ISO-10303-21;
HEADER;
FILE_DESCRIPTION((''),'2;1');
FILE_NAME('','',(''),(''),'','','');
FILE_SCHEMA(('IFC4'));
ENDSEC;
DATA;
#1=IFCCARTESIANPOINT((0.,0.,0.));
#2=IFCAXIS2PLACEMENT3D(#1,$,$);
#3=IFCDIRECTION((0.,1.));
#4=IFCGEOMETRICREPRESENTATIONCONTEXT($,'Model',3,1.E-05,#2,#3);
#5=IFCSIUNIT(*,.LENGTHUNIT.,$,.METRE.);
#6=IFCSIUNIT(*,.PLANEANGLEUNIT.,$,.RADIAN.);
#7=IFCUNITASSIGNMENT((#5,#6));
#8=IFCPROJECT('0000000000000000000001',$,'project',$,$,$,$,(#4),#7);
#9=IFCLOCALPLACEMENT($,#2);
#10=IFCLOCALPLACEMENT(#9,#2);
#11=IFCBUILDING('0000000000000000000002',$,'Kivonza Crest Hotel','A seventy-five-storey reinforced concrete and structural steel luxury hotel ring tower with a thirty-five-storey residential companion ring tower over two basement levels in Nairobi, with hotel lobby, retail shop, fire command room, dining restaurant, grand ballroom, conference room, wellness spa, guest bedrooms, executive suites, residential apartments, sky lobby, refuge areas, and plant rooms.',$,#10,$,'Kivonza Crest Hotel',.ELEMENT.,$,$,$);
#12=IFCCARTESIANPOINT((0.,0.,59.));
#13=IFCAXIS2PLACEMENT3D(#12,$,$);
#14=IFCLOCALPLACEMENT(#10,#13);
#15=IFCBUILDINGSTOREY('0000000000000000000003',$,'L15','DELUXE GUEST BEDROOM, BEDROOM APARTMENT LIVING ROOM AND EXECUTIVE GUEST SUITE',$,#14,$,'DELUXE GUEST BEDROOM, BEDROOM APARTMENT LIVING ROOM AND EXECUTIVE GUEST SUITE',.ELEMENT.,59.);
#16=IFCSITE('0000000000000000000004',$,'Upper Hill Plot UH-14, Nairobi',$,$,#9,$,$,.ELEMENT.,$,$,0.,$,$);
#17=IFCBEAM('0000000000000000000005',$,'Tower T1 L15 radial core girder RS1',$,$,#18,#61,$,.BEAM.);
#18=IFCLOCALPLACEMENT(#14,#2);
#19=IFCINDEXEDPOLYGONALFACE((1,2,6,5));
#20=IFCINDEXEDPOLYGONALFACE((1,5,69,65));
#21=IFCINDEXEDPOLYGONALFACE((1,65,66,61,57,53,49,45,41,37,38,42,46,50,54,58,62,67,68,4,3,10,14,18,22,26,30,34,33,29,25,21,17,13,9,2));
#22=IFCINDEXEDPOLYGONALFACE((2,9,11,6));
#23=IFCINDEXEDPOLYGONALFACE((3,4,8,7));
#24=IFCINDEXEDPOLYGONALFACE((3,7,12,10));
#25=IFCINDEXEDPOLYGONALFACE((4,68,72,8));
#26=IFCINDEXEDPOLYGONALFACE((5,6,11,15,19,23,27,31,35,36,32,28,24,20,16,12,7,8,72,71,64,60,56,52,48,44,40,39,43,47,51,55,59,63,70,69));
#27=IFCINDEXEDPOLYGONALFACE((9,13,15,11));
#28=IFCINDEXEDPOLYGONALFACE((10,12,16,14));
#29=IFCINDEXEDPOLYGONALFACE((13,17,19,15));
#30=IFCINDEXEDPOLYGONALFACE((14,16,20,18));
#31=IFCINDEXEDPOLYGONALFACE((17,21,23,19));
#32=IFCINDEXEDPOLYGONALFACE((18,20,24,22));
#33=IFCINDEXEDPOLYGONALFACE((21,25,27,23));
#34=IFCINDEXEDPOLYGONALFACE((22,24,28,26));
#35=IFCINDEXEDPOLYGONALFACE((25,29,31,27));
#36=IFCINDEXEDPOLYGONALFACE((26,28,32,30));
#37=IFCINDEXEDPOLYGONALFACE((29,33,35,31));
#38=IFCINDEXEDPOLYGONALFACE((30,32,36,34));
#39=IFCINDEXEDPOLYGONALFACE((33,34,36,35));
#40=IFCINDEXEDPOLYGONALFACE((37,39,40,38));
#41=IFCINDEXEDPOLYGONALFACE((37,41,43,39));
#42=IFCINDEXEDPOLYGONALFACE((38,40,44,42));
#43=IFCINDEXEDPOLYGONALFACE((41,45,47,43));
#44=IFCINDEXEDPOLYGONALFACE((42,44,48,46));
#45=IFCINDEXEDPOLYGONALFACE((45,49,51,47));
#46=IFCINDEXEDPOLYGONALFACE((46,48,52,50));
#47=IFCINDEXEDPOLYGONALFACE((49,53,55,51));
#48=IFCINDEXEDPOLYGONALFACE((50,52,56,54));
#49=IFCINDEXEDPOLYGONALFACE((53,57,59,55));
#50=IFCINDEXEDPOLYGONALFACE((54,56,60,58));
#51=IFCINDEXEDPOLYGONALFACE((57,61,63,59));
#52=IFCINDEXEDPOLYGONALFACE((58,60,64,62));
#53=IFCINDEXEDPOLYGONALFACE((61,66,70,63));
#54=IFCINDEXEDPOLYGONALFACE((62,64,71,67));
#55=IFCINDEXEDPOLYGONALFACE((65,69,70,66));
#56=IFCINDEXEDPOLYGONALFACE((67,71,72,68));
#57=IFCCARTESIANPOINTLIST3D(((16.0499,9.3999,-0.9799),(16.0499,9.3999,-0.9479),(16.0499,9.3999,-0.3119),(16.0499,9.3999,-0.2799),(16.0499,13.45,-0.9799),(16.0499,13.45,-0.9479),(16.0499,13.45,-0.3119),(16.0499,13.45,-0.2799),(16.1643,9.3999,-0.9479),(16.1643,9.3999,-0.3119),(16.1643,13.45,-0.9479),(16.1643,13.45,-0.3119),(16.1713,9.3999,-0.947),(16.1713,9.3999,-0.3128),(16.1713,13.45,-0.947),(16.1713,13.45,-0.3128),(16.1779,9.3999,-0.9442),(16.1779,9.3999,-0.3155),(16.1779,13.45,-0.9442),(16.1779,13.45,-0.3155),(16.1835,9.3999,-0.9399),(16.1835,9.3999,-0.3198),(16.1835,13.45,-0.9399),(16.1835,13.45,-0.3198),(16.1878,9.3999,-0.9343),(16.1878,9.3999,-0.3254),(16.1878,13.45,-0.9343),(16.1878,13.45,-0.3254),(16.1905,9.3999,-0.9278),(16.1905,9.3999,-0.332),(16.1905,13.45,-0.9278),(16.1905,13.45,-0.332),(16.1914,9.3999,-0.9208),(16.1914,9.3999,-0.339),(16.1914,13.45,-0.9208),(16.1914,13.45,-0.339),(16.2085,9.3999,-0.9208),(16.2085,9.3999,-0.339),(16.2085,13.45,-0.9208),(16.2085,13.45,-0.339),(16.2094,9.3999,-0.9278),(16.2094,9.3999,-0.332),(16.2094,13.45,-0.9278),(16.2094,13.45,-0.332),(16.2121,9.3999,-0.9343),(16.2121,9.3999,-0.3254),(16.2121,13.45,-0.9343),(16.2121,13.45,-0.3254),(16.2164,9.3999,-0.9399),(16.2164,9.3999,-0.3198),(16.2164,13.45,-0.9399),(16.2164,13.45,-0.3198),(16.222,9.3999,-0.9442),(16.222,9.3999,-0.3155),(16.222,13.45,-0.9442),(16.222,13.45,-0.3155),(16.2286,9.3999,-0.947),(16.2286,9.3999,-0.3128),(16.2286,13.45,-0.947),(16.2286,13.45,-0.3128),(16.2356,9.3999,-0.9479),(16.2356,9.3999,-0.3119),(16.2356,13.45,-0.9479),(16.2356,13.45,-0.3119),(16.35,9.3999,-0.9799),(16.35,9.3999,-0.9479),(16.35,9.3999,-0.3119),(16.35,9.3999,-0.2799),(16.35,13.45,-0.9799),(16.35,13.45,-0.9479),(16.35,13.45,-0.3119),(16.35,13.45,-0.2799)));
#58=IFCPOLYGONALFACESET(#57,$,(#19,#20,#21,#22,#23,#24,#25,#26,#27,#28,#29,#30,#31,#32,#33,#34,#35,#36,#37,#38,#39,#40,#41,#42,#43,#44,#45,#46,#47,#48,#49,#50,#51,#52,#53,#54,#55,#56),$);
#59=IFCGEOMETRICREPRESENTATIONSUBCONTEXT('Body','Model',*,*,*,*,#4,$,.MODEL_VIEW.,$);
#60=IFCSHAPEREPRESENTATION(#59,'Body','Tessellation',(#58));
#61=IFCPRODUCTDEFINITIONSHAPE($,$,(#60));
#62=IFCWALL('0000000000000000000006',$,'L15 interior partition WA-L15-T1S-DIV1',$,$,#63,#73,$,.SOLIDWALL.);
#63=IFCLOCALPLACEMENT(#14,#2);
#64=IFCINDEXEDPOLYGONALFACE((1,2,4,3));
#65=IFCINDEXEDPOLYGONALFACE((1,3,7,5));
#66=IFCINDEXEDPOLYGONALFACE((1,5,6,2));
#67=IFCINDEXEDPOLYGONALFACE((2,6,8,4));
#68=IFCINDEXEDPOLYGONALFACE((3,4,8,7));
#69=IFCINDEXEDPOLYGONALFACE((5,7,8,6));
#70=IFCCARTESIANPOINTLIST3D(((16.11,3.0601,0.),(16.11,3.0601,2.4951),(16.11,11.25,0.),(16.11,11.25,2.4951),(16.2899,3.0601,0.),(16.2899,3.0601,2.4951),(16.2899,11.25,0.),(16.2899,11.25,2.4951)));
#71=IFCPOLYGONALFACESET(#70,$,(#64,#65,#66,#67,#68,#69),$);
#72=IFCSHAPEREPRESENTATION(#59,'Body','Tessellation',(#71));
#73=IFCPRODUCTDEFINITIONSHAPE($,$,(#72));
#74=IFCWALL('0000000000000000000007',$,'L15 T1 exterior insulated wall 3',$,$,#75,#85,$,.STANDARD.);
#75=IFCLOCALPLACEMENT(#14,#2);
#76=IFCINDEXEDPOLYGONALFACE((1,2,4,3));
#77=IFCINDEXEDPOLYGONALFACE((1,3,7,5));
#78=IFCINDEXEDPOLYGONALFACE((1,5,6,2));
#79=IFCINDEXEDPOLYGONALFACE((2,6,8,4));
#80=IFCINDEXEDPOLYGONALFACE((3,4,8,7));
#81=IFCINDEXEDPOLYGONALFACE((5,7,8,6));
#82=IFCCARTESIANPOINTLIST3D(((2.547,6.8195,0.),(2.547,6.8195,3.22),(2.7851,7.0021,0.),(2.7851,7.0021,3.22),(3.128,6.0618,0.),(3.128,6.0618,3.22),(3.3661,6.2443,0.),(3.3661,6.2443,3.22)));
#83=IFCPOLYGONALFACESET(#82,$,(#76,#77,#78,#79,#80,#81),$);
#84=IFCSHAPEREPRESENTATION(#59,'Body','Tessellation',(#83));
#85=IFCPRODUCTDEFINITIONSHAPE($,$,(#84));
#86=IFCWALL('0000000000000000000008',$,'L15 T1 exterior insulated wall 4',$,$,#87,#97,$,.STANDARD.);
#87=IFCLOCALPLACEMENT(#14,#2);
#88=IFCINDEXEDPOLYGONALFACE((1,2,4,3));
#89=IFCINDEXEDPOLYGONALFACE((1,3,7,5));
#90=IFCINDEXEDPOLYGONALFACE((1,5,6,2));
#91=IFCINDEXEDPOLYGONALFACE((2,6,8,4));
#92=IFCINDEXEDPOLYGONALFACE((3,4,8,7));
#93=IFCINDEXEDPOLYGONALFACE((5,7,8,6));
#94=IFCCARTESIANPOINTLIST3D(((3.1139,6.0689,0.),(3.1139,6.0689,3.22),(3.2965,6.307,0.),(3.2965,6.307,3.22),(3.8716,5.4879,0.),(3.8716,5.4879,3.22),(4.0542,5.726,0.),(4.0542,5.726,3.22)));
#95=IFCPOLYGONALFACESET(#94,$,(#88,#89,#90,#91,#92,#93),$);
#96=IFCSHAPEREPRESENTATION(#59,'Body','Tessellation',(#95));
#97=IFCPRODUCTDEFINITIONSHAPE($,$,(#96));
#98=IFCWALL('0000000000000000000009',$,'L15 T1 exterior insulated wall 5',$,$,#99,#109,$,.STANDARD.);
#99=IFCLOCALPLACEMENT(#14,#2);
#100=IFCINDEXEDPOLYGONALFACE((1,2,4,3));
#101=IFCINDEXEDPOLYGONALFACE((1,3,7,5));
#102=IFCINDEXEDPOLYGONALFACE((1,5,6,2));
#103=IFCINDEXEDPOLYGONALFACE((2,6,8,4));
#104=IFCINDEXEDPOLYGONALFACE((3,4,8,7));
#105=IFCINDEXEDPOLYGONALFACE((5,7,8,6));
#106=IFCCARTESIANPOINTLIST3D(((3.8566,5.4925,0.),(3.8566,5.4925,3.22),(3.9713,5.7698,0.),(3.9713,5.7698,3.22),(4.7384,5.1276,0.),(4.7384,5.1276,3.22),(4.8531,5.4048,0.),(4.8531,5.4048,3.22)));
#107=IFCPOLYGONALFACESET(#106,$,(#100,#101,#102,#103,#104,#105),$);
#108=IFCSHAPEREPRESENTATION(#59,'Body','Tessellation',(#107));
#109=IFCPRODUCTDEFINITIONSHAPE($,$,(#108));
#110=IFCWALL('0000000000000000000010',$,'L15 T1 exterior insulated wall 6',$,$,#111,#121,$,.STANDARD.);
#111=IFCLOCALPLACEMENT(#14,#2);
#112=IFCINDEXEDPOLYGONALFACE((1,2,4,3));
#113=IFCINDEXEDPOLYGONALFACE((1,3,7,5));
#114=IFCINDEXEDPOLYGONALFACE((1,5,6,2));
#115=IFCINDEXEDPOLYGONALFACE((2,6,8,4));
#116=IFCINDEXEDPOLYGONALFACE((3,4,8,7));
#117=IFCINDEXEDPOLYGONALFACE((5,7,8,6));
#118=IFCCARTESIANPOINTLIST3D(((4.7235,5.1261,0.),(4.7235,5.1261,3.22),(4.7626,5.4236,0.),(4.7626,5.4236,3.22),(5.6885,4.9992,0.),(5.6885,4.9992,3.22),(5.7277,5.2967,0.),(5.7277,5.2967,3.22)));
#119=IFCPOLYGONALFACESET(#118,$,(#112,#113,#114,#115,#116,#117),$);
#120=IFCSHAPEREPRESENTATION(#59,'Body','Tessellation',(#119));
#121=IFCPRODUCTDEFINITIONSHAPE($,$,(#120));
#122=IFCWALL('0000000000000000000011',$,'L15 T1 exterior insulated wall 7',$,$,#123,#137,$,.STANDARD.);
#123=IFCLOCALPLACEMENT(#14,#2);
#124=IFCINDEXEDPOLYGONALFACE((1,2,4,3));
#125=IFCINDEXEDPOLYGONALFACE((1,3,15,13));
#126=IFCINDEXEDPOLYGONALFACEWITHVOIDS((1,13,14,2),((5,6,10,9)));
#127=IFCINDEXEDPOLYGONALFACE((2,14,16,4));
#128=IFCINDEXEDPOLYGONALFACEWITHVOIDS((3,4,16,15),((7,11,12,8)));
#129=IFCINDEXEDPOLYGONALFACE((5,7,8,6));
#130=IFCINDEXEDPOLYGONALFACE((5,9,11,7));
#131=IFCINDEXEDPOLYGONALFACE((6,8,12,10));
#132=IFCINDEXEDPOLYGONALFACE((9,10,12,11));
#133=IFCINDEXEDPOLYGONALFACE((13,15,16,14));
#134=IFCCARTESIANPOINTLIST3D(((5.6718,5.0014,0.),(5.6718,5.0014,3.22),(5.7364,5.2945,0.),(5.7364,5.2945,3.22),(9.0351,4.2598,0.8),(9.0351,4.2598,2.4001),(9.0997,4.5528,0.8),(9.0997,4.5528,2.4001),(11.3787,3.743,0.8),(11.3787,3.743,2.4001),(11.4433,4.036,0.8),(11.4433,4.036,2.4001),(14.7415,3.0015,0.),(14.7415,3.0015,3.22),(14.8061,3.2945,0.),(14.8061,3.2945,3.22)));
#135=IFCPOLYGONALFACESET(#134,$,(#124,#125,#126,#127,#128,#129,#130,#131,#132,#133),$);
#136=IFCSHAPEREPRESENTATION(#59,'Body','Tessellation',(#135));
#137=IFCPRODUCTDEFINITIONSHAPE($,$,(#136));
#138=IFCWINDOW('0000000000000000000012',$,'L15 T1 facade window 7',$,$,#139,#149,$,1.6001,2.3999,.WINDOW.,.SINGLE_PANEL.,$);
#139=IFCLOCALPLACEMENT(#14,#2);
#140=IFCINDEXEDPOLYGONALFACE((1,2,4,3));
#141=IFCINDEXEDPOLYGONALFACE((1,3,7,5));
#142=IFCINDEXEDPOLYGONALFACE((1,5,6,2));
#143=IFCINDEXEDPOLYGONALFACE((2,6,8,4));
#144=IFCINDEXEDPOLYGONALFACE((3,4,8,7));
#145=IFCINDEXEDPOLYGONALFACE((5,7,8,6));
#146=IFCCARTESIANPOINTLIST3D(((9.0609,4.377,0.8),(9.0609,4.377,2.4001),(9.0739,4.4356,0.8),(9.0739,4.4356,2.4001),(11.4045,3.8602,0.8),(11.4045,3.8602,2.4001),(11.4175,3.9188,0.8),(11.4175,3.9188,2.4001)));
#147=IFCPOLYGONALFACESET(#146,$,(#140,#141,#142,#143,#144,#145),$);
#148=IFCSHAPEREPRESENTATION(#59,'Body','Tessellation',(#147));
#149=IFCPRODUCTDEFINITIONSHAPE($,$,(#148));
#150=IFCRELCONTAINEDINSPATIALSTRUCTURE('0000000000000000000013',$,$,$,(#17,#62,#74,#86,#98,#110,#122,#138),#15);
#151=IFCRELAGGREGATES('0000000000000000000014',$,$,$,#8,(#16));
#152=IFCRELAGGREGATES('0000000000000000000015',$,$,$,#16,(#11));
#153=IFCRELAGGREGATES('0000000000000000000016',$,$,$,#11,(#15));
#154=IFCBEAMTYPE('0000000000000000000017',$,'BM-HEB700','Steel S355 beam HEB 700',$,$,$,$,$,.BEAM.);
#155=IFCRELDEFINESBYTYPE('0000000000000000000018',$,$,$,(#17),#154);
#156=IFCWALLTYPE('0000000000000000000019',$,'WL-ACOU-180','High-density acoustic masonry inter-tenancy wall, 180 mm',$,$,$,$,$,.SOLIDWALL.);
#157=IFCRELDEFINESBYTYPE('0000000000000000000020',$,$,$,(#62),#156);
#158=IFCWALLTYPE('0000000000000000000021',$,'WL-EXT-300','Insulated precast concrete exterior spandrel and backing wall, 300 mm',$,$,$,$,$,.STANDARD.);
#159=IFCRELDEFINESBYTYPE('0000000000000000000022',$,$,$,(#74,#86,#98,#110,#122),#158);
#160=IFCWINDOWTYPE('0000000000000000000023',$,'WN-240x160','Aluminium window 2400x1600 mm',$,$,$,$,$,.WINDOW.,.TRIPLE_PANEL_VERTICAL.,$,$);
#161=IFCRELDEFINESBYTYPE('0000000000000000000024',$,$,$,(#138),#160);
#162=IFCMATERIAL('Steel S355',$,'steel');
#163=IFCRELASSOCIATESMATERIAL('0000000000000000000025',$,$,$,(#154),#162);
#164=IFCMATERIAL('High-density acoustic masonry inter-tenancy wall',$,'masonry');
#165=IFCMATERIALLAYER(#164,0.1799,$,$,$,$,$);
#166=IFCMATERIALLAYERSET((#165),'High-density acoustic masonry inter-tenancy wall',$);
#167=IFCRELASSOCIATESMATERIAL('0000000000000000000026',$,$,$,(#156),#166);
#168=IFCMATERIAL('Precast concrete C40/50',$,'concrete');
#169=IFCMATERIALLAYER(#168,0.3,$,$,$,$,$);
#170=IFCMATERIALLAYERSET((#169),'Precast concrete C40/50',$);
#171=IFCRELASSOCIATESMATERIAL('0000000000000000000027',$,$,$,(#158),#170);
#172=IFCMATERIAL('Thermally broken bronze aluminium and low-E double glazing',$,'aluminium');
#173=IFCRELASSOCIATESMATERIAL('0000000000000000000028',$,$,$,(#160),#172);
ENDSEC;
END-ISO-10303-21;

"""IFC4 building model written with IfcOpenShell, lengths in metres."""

from ifc_helpers import new_model, si_unit, direction, frame, frame_2d, origin, origin_2d, place, context, subcontext, project, spatial, rectangle, i_section, extrude, material, layer, layer_set, material_profile, profile_set, type_object, element, fill, save


model = new_model("IFC4")

# Units and contexts
model_context = context("Model", 3, precision=1e-05, world=origin(), true_north=direction((0.0, 1.0)))
body_context = subcontext(model_context, "Body", "Model", "MODEL_VIEW")
ifc_project = project(units=[si_unit("LENGTHUNIT", "METRE"), si_unit("PLANEANGLEUNIT", "RADIAN")], contexts=[model_context])

# Site, building, storey
site_placement = place(None, origin())
site = spatial("IfcSite", under=ifc_project, at=site_placement, Name="Upper Hill Plot UH-14, Nairobi", CompositionType="ELEMENT", RefElevation=0.0)
building_placement = place(site_placement, origin())
building = spatial("IfcBuilding", under=site, at=building_placement, Name="Kivonza Crest Hotel", Description="A seventy-five-storey reinforced concrete and structural steel luxury hotel ring tower with a thirty-five-storey residential companion ring tower over two basement levels in Nairobi, with hotel lobby, retail shop, fire command room, dining restaurant, grand ballroom, conference room, wellness spa, guest bedrooms, executive suites, residential apartments, sky lobby, refuge areas, and plant rooms.", LongName="Kivonza Crest Hotel", CompositionType="ELEMENT")
storey_placement = place(building_placement, frame((0.0, 0.0, 59.0)))
storey = spatial("IfcBuildingStorey", under=building, at=storey_placement, Name="L15", Description="DELUXE GUEST BEDROOM, BEDROOM APARTMENT LIVING ROOM AND EXECUTIVE GUEST SUITE", LongName="DELUXE GUEST BEDROOM, BEDROOM APARTMENT LIVING ROOM AND EXECUTIVE GUEST SUITE", CompositionType="ELEMENT", Elevation=59.0)

# Beam
ifc_material_1 = material(Name="Steel S355", Category="steel")
ifc_material_profile_1 = material_profile(ifc_material_1, i_section(OverallWidth=0.3, OverallDepth=0.7, WebThickness=0.0171, FlangeThickness=0.032, FilletRadius=0.0271, at=origin_2d()), Name="HEB 700")
ifc_profile_set_1 = profile_set([ifc_material_profile_1], Name="Steel S355")
beam_type_1 = type_object("IfcBeamType", Name="BM-HEB700", Description="Steel S355 beam HEB 700", PredefinedType="BEAM", material=ifc_profile_set_1)
beam_1_placement = place(storey_placement, frame((16.2, 9.3999, -0.6299), z_axis=(0.0, 1.0, 0.0), x_axis=(-1.0, 0.0, 0.0)))
element("IfcBeam", 1, at=beam_1_placement, inside=storey, type_object=beam_type_1, Name="Tower T1 L15 radial core girder RS1", PredefinedType="BEAM", context=body_context, shape_type="SweptSolid", body=[
    extrude(i_section(OverallWidth=0.3, OverallDepth=0.7, WebThickness=0.0171, FlangeThickness=0.032, FilletRadius=0.0271, at=origin_2d()), origin(), (0.0, 0.0, 1.0), 4.05),
])

# Walls
ifc_material_2 = material(Name="High-density acoustic masonry inter-tenancy wall", Category="masonry")
ifc_layer_1 = layer(ifc_material_2, 0.1799)
ifc_layer_set_1 = layer_set([ifc_layer_1], Name="High-density acoustic masonry inter-tenancy wall")
wall_type_1 = type_object("IfcWallType", Name="WL-ACOU-180", Description="High-density acoustic masonry inter-tenancy wall, 180 mm", PredefinedType="SOLIDWALL", material=ifc_layer_set_1)
wall_1_placement = place(storey_placement, frame((16.2, 3.0601, 0.0), z_axis=(0.0, 0.0, 1.0), x_axis=(0.0, 1.0, 0.0)))
element("IfcWall", 2, at=wall_1_placement, inside=storey, type_object=wall_type_1, Name="L15 interior partition WA-L15-T1S-DIV1", PredefinedType="SOLIDWALL", context=body_context, shape_type="SweptSolid", body=[
    extrude(rectangle(XDim=8.1899, YDim=0.1799, at=frame_2d((4.095, 0.0))), origin(), (0.0, 0.0, 1.0), 2.4951),
])
ifc_material_3 = material(Name="Precast concrete C40/50", Category="concrete")
ifc_layer_2 = layer(ifc_material_3, 0.3)
ifc_layer_set_2 = layer_set([ifc_layer_2], Name="Precast concrete C40/50")
wall_type_2 = type_object("IfcWallType", Name="WL-EXT-300", Description="Insulated precast concrete exterior spandrel and backing wall, 300 mm", PredefinedType="STANDARD", material=ifc_layer_set_2)
for number, where, z_axis, x_axis, name in (
    (3, (2.666, 6.9109, 0.0), (0.0, 0.0, 1.0), (0.608474, -0.793573, 0.0), "L15 T1 exterior insulated wall 3"),
    (4, (3.2051, 6.188, 0.0), (0.0, 0.0, 1.0), (0.793573, -0.608474, 0.0), "L15 T1 exterior insulated wall 4"),
):
    element("IfcWall", number, at=place(storey_placement, frame(where, z_axis=z_axis, x_axis=x_axis)), inside=storey, type_object=wall_type_2, Name=name, PredefinedType="STANDARD", context=body_context, shape_type="SweptSolid", body=[
        extrude(rectangle(XDim=0.9548, YDim=0.3, at=frame_2d((0.4775, 0.0))), origin(), (0.0, 0.0, 1.0), 3.22),
    ])
wall_2_placement = place(storey_placement, frame((3.9141, 5.6311, 0.0), z_axis=(0.0, 0.0, 1.0), x_axis=(0.923983, -0.382435, 0.0)))
element("IfcWall", 5, at=wall_2_placement, inside=storey, type_object=wall_type_2, Name="L15 T1 exterior insulated wall 5", PredefinedType="STANDARD", context=body_context, shape_type="SweptSolid", body=[
    extrude(rectangle(XDim=0.9543, YDim=0.3, at=frame_2d((0.4771, 0.0))), origin(), (0.0, 0.0, 1.0), 3.22),
])
wall_3_placement = place(storey_placement, frame((4.7429, 5.2749, 0.0), z_axis=(0.0, 0.0, 1.0), x_axis=(0.991459, -0.130422, 0.0)))
element("IfcWall", 6, at=wall_3_placement, inside=storey, type_object=wall_type_2, Name="L15 T1 exterior insulated wall 6", PredefinedType="STANDARD", context=body_context, shape_type="SweptSolid", body=[
    extrude(rectangle(XDim=0.9734, YDim=0.3, at=frame_2d((0.4868, 0.0))), origin(), (0.0, 0.0, 1.0), 3.22),
])

# Wall, opening, window
wall_4_placement = place(storey_placement, frame((5.7041, 5.1479, 0.0), z_axis=(0.0, 0.0, 1.0), x_axis=(0.97654, -0.215338, 0.0)))
wall_4 = element("IfcWall", 7, at=wall_4_placement, inside=storey, type_object=wall_type_2, Name="L15 T1 exterior insulated wall 7", PredefinedType="STANDARD", context=body_context, shape_type="SweptSolid", body=[
    extrude(rectangle(XDim=9.2876, YDim=0.3, at=frame_2d((4.6438, 0.0))), origin(), (0.0, 0.0, 1.0), 3.22),
])
opening_1_placement = place(wall_4_placement, frame((3.4441, 0.0, 0.8)))
opening_1 = element("IfcOpeningElement", 8, at=opening_1_placement, cuts=wall_4, PredefinedType="OPENING", context=body_context, shape_type="SweptSolid", body=[
    extrude(rectangle(XDim=2.3999, YDim=1.6001, at=frame_2d((1.2, 0.8))), frame((0.0, 0.1602, 0.0), z_axis=(0.0, -1.0, 0.0), x_axis=(1.0, 0.0, 0.0)), (0.0, 0.0, 1.0), 0.3201),
])
ifc_material_4 = material(Name="Thermally broken bronze aluminium and low-E double glazing", Category="aluminium")
window_type = type_object("IfcWindowType", Name="WN-240x160", Description="Aluminium window 2400x1600 mm", PartitioningType="TRIPLE_PANEL_VERTICAL", PredefinedType="WINDOW", material=ifc_material_4)
window_1_placement = place(opening_1_placement, origin())
window_1 = element("IfcWindow", 9, at=window_1_placement, inside=storey, type_object=window_type, Name="L15 T1 facade window 7", OverallHeight=1.6001, OverallWidth=2.3999, PartitioningType="SINGLE_PANEL", PredefinedType="WINDOW", context=body_context, shape_type="SweptSolid", body=[
    extrude(rectangle(XDim=2.3999, YDim=1.6001, at=frame_2d((1.2, 0.8))), frame((0.0, 0.03, 0.0), z_axis=(0.0, -1.0, 0.0), x_axis=(1.0, 0.0, 0.0)), (0.0, 0.0, 1.0), 0.0601),
])
fill(opening_1, window_1)

save(model, "model.ifc")
